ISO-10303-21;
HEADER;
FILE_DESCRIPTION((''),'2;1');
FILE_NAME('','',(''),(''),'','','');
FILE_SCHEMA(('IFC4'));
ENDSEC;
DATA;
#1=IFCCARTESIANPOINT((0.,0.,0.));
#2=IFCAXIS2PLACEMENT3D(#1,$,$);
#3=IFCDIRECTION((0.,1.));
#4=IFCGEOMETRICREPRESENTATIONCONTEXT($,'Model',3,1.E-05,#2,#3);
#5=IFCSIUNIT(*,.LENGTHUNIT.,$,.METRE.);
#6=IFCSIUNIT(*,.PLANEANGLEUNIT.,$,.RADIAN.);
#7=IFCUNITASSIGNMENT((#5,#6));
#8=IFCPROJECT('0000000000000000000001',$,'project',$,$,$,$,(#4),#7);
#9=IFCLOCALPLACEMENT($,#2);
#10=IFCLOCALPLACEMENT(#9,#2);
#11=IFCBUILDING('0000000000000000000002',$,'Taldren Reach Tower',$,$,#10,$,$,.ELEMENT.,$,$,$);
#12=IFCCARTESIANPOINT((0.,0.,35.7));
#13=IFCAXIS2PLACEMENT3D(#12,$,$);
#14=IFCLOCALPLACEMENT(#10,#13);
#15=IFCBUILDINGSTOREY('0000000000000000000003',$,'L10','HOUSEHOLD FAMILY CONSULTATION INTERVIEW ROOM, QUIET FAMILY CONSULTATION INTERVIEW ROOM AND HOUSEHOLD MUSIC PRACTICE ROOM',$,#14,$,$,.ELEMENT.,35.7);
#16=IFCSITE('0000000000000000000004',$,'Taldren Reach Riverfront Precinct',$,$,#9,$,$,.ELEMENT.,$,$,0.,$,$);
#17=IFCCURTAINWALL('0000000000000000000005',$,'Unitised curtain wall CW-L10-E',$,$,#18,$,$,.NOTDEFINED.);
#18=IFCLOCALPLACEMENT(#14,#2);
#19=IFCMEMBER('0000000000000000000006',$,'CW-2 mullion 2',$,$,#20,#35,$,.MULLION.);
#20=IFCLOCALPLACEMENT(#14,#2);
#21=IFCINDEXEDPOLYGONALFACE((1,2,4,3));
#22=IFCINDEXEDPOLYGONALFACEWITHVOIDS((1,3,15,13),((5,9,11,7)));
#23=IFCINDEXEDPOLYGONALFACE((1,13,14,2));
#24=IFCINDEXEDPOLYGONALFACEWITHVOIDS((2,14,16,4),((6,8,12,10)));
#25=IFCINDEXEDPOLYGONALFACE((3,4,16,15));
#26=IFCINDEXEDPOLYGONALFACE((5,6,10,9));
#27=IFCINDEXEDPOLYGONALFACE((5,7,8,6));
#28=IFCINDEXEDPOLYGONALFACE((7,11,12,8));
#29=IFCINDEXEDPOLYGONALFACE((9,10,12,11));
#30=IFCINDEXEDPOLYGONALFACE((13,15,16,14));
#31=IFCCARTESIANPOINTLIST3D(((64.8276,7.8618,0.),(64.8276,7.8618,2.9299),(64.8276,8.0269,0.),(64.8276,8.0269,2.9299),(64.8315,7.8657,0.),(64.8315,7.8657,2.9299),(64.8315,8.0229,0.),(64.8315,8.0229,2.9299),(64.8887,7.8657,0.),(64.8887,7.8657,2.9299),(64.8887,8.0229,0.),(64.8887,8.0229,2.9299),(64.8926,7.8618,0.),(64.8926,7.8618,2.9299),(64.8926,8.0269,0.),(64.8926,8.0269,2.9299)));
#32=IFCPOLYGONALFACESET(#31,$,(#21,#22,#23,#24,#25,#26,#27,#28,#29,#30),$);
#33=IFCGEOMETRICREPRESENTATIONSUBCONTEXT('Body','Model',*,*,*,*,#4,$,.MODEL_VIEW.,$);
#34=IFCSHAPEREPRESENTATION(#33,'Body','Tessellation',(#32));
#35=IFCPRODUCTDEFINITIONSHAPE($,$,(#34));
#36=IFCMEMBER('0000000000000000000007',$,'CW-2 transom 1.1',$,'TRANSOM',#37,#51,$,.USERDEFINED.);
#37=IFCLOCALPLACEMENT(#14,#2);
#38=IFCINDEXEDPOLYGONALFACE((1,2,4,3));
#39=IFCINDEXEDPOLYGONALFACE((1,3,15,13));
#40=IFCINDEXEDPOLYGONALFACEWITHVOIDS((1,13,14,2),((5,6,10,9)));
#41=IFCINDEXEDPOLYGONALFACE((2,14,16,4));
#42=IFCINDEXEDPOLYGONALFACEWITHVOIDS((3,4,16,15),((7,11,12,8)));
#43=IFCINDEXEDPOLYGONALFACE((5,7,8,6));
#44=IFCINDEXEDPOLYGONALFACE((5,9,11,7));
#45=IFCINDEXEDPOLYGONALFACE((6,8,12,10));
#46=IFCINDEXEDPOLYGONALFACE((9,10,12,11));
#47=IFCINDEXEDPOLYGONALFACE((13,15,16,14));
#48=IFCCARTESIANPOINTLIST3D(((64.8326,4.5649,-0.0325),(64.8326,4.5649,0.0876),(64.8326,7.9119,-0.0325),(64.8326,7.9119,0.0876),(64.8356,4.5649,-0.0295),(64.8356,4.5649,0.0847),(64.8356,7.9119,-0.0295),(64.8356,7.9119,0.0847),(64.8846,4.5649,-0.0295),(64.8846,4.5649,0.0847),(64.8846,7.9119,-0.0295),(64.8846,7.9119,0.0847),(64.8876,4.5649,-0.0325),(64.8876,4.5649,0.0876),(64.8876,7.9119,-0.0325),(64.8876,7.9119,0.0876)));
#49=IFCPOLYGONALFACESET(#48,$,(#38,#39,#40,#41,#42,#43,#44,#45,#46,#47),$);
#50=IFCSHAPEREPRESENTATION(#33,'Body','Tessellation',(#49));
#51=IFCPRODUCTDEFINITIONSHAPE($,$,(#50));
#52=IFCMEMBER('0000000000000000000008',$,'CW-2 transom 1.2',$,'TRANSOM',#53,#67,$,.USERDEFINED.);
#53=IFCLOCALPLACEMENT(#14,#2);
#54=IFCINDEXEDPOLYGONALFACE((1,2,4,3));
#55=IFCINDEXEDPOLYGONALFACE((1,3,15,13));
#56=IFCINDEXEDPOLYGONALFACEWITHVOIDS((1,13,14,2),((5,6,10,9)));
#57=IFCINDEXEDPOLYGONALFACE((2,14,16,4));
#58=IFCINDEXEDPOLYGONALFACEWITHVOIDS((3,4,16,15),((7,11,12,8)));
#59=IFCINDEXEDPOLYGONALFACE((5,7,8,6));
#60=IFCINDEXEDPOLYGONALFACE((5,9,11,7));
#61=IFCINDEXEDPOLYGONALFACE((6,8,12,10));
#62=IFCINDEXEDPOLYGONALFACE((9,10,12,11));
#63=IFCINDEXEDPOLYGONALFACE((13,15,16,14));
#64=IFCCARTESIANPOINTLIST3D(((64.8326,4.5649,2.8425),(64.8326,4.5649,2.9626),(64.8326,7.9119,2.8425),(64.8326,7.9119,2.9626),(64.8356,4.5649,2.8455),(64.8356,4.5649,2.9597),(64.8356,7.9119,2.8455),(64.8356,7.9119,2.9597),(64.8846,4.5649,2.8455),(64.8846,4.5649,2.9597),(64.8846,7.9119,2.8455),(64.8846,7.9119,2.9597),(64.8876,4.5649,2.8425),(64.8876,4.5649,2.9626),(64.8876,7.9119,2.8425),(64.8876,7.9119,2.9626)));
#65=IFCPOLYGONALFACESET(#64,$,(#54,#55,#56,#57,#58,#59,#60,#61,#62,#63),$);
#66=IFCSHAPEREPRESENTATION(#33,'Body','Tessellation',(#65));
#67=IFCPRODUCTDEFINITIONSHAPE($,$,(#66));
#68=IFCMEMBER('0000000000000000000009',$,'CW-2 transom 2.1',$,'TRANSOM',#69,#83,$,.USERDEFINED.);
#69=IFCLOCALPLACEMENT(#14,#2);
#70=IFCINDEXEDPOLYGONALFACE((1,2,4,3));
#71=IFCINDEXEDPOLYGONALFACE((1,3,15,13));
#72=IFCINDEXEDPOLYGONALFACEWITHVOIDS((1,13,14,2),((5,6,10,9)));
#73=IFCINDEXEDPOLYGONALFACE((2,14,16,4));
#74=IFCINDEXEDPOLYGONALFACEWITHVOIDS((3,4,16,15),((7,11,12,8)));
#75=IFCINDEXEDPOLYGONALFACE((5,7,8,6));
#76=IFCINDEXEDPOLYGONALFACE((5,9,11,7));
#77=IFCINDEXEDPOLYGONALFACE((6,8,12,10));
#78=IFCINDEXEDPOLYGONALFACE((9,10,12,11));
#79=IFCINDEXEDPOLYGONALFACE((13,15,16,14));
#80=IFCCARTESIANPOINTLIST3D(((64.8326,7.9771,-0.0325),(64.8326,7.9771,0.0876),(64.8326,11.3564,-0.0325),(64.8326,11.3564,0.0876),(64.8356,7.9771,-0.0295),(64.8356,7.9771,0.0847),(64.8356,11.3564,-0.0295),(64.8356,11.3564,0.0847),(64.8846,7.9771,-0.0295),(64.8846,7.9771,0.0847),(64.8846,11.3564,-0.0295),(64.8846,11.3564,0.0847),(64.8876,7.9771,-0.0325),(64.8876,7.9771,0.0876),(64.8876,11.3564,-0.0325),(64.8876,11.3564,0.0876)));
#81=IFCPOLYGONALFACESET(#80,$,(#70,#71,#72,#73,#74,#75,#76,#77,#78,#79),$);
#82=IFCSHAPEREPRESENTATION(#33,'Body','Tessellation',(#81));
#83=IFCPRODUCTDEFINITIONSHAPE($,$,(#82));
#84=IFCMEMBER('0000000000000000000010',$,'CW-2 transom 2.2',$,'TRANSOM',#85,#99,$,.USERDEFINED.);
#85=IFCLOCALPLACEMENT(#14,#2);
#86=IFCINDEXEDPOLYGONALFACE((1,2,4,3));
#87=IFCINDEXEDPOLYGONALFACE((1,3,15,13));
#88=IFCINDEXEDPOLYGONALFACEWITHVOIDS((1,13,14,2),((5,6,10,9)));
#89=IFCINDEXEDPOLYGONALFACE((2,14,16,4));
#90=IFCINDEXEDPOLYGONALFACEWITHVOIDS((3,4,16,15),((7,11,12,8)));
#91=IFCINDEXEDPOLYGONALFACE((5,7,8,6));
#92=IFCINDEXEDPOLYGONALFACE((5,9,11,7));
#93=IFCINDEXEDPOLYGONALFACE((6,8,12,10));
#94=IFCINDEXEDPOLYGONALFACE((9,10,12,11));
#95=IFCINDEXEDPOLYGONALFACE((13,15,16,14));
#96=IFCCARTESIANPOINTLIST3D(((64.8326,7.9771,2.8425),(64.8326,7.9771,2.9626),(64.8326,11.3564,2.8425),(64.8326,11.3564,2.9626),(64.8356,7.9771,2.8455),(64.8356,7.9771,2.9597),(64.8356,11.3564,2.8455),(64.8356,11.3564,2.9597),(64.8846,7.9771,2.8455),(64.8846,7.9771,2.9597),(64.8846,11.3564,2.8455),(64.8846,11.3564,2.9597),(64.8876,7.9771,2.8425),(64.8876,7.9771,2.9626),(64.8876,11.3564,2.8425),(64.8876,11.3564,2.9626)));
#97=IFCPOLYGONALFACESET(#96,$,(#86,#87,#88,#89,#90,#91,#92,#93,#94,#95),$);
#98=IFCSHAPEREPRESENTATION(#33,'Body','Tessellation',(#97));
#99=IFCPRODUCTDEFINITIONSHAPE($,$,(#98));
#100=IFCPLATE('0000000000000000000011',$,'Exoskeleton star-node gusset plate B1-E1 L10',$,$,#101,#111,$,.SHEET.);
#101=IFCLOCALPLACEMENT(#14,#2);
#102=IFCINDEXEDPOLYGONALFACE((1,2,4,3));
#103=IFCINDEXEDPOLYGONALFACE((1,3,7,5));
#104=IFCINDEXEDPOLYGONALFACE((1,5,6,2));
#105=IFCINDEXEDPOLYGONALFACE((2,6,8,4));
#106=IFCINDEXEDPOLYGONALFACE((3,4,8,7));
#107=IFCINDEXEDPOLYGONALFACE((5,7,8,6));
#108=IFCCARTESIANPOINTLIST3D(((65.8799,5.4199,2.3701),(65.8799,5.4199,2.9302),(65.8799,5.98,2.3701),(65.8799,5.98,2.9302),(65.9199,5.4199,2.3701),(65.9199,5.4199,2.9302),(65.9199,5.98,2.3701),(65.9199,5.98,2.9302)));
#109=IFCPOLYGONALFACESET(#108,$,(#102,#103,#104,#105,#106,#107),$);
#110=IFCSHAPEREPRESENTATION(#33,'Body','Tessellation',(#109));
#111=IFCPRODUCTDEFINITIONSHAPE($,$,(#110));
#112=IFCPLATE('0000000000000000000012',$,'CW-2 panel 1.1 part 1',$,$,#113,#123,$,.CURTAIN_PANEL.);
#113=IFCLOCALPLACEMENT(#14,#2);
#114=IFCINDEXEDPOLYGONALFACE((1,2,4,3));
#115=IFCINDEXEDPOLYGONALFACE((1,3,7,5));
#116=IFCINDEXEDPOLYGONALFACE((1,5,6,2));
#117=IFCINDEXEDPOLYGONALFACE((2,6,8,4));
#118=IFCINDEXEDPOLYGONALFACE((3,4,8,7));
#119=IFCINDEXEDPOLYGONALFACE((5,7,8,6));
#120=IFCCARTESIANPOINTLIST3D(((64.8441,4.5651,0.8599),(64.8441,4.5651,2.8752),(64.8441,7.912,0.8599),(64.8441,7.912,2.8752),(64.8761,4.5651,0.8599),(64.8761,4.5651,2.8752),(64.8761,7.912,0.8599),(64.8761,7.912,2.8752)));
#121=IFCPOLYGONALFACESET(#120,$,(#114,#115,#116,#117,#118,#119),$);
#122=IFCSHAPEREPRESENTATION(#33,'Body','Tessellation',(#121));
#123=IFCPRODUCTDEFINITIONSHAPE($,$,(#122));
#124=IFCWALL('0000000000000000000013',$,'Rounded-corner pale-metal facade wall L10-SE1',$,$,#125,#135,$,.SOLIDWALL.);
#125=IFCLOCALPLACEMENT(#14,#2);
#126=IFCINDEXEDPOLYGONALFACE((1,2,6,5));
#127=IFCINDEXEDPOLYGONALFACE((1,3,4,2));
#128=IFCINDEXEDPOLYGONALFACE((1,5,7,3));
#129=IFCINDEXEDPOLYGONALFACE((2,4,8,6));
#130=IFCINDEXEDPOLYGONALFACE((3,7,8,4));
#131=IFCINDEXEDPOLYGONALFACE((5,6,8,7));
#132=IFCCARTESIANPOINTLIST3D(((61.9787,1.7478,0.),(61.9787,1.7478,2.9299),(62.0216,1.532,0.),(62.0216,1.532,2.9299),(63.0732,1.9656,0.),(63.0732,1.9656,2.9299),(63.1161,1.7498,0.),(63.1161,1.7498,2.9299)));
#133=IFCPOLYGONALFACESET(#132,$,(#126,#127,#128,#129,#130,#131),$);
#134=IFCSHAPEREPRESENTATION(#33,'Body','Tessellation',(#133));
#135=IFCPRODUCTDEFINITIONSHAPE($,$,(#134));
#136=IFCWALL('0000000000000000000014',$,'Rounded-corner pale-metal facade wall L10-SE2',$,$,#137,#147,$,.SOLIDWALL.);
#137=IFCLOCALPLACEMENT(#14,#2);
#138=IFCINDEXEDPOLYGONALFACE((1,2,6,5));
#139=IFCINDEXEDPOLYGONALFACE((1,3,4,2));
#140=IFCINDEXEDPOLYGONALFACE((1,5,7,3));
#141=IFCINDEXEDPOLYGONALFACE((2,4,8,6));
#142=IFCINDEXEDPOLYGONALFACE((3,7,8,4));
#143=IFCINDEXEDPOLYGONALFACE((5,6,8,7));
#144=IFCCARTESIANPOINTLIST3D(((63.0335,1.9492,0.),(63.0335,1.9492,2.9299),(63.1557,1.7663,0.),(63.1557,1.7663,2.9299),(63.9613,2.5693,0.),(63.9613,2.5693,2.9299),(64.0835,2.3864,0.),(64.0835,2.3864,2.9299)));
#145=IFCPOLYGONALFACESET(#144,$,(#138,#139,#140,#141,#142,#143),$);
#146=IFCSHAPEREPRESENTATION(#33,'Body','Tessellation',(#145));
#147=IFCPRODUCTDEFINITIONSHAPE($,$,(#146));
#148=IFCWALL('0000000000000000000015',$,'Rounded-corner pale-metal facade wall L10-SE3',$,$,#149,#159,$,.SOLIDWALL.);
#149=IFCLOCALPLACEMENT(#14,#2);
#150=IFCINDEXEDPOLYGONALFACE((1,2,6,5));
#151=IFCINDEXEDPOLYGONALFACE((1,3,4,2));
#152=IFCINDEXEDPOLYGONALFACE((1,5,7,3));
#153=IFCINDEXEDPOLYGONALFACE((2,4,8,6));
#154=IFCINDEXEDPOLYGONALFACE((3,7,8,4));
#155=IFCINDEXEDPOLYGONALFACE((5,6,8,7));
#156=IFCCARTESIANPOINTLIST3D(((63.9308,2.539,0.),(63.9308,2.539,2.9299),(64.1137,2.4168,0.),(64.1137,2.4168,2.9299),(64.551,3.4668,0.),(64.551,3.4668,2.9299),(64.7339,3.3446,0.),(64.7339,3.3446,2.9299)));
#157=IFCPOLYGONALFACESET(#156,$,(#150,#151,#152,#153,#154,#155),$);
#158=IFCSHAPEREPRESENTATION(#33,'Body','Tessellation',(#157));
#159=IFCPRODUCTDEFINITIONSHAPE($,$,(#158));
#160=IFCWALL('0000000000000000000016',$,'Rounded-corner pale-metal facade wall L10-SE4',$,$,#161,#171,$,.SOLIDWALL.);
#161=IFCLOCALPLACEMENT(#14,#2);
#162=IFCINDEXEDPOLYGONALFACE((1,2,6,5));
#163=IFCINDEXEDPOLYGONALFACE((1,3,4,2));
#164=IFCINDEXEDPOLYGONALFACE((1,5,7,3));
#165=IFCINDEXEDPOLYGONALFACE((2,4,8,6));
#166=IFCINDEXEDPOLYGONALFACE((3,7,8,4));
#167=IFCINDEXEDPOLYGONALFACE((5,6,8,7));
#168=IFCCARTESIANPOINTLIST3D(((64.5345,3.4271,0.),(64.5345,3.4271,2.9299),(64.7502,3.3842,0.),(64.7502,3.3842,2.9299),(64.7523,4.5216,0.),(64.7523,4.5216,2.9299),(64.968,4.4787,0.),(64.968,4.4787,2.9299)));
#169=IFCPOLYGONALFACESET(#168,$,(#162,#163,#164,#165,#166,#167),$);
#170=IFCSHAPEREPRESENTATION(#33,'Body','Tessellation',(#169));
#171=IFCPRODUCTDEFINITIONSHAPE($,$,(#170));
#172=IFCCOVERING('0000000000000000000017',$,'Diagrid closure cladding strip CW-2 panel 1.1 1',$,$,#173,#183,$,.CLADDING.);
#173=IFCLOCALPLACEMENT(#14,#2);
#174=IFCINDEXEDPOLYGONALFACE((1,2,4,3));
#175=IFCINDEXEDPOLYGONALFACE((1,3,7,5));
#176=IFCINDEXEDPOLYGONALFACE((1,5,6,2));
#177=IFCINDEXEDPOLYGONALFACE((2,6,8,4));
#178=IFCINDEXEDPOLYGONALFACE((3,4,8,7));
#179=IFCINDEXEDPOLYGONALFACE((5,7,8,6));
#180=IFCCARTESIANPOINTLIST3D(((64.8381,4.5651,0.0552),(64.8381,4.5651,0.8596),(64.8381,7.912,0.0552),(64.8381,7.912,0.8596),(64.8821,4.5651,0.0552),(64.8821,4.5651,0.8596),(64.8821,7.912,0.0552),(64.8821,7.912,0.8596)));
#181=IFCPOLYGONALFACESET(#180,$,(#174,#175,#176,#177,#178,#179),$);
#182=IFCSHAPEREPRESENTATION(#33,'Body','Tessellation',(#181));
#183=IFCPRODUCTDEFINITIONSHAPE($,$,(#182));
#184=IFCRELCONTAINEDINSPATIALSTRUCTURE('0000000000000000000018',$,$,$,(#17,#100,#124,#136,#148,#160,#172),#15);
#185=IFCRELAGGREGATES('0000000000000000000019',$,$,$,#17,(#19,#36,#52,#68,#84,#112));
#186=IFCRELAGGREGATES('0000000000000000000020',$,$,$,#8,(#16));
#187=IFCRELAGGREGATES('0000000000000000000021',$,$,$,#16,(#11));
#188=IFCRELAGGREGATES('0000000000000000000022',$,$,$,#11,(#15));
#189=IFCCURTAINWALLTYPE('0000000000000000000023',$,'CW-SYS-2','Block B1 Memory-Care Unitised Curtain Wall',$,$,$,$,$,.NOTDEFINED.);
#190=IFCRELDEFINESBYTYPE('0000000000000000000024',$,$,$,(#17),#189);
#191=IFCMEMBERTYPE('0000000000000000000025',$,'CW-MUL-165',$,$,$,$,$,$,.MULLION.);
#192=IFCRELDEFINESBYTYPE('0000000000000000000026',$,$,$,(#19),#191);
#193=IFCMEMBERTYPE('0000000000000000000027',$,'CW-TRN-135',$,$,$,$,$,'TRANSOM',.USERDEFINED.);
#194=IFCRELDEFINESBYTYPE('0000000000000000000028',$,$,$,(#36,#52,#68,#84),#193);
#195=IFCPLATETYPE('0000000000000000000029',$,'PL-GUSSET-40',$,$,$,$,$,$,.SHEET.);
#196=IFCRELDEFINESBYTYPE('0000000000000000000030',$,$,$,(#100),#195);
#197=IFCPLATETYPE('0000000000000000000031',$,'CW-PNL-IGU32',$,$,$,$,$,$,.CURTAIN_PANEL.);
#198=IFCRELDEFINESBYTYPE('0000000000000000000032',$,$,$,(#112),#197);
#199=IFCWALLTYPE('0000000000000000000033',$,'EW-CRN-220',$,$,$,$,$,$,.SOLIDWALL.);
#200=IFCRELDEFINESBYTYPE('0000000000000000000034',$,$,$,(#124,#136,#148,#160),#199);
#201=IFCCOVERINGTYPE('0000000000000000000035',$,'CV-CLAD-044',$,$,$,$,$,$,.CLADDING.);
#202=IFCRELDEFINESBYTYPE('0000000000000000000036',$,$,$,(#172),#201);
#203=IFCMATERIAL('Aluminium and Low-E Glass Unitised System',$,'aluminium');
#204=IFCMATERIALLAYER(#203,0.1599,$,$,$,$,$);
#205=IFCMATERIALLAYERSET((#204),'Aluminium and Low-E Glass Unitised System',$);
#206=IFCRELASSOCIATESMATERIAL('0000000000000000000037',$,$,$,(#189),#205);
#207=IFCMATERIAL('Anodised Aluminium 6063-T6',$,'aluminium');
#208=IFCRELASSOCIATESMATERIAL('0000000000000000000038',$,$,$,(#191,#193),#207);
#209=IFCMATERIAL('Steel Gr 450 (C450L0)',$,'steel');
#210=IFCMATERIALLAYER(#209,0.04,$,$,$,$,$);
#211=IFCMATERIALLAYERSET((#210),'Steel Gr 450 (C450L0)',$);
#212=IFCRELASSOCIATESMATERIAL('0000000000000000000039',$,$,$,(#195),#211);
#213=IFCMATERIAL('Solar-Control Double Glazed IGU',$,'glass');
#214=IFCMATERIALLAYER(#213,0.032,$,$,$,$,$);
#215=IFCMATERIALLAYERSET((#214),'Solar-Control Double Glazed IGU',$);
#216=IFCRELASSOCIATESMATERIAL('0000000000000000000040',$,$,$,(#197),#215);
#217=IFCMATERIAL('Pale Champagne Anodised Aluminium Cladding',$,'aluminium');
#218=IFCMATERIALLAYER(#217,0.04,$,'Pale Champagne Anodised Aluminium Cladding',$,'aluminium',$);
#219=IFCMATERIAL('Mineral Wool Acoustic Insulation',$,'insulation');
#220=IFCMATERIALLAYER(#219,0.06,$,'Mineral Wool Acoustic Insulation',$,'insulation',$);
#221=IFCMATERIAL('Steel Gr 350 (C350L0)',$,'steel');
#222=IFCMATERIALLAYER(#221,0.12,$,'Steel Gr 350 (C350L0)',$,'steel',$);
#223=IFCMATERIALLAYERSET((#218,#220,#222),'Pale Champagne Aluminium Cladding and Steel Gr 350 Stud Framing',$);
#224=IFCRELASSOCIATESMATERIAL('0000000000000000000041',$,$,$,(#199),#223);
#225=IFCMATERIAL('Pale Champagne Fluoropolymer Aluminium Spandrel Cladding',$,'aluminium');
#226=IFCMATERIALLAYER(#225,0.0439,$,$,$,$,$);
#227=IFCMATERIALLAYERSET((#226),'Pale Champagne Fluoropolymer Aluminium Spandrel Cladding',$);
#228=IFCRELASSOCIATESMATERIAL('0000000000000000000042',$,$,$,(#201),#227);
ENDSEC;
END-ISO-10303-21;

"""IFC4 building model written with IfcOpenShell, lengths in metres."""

from ifc_helpers import new_model, si_unit, direction, frame, frame_2d, origin, origin_2d, place, context, subcontext, project, spatial, rectangle, hollow_rectangle, extrude, source, transform, mapped, material, layer, layer_set, material_profile, profile_set, type_object, element, aggregate, save


model = new_model("IFC4")

# Units and contexts
model_context = context("Model", 3, precision=1e-05, world=origin(), true_north=direction((0.0, 1.0)))
body_context = subcontext(model_context, "Body", "Model", "MODEL_VIEW")
ifc_project = project(units=[si_unit("LENGTHUNIT", "METRE"), si_unit("PLANEANGLEUNIT", "RADIAN")], contexts=[model_context])

# Site, building, storey
site_placement = place(None, origin())
site = spatial("IfcSite", under=ifc_project, at=site_placement, Name="Taldren Reach Riverfront Precinct", CompositionType="ELEMENT", RefElevation=0.0)
building_placement = place(site_placement, origin())
building = spatial("IfcBuilding", under=site, at=building_placement, Name="Taldren Reach Tower", CompositionType="ELEMENT")
storey_placement = place(building_placement, frame((0.0, 0.0, 35.7)))
storey = spatial("IfcBuildingStorey", under=building, at=storey_placement, Name="L10", Description="HOUSEHOLD FAMILY CONSULTATION INTERVIEW ROOM, QUIET FAMILY CONSULTATION INTERVIEW ROOM AND HOUSEHOLD MUSIC PRACTICE ROOM", CompositionType="ELEMENT", Elevation=35.7)

# Shared definitions
ifc_material_1 = material(Name="Steel Gr 450 (C450L0)", Category="steel")
ifc_material_2 = material(Name="Steel Gr 350 (C350L0)", Category="steel")

# Shared definitions
ifc_material_3 = material(Name="Aluminium and Low-E Glass Unitised System", Category="aluminium")
ifc_layer_1 = layer(ifc_material_3, 0.1599)
ifc_layer_set_1 = layer_set([ifc_layer_1], Name="Aluminium and Low-E Glass Unitised System")
curtain_wall_type = type_object("IfcCurtainWallType", Name="CW-SYS-2", Description="Block B1 Memory-Care Unitised Curtain Wall", PredefinedType="NOTDEFINED", material=ifc_layer_set_1)
ifc_material_4 = material(Name="Anodised Aluminium 6063-T6", Category="aluminium")
ifc_material_profile_1 = material_profile(ifc_material_4, hollow_rectangle(XDim=0.0649, YDim=0.165, WallThickness=0.0039, at=origin_2d()), Name="ALU-165x65x4RHS")
ifc_profile_set_1 = profile_set([ifc_material_profile_1], Name="Anodised Aluminium 6063-T6")
member_type_1 = type_object("IfcMemberType", Name="CW-MUL-165", PredefinedType="MULLION", material=ifc_profile_set_1)
shared_shape_1 = source(origin(), body_context, "Body", "SweptSolid", [
    extrude(hollow_rectangle(XDim=0.0649, YDim=0.165, WallThickness=0.0039, at=origin_2d()), origin(), (0.0, 0.0, 1.0), 2.9299),
])

# Curtain wall, members
curtain_wall_1_placement = place(storey_placement, origin())
curtain_wall_1 = element("IfcCurtainWall", 1, at=curtain_wall_1_placement, inside=storey, type_object=curtain_wall_type, Name="Unitised curtain wall CW-L10-E", PredefinedType="NOTDEFINED")
member_1_placement = place(storey_placement, frame((64.8601, 7.9443, 0.0), z_axis=(0.0, 0.0, 1.0), x_axis=(-1.0, 0.0, 0.0)))
member_1 = element("IfcMember", 2, at=member_1_placement, type_object=member_type_1, Name="CW-2 mullion 2", PredefinedType="MULLION", context=body_context, shape_type="MappedRepresentation", body=[
    mapped(shared_shape_1, transform((0.0, 0.0, 0.0), scale=1.0)),
])
ifc_material_profile_2 = material_profile(ifc_material_4, hollow_rectangle(XDim=0.0549, YDim=0.1201, WallThickness=0.0029, at=origin_2d()), Name="ALU-120x55x3RHS")
ifc_profile_set_2 = profile_set([ifc_material_profile_2], Name="Anodised Aluminium 6063-T6")
member_type_2 = type_object("IfcMemberType", Name="CW-TRN-135", ElementType="TRANSOM", PredefinedType="USERDEFINED", material=ifc_profile_set_2)
shared_shape_2 = source(origin(), body_context, "Body", "SweptSolid", [
    extrude(hollow_rectangle(XDim=0.0549, YDim=0.1201, WallThickness=0.0029, at=origin_2d()), origin(), (0.0, 0.0, 1.0), 3.3469),
])
member_2_placement = place(storey_placement, frame((64.8601, 4.5649, 0.0276), z_axis=(0.0, 1.0, 0.0), x_axis=(-1.0, 0.0, 0.0)))
member_2 = element("IfcMember", 3, at=member_2_placement, type_object=member_type_2, Name="CW-2 transom 1.1", ObjectType="TRANSOM", PredefinedType="USERDEFINED", context=body_context, shape_type="MappedRepresentation", body=[
    mapped(shared_shape_2, transform((0.0, 0.0, 0.0), scale=1.0)),
])
member_3_placement = place(storey_placement, frame((64.8601, 4.5649, 2.9026), z_axis=(0.0, 1.0, 0.0), x_axis=(-1.0, 0.0, 0.0)))
member_3 = element("IfcMember", 4, at=member_3_placement, type_object=member_type_2, Name="CW-2 transom 1.2", ObjectType="TRANSOM", PredefinedType="USERDEFINED", context=body_context, shape_type="MappedRepresentation", body=[
    mapped(shared_shape_2, transform((0.0, 0.0, 0.0), scale=1.0)),
])
shared_shape_3 = source(origin(), body_context, "Body", "SweptSolid", [
    extrude(hollow_rectangle(XDim=0.0549, YDim=0.1201, WallThickness=0.0029, at=origin_2d()), origin(), (0.0, 0.0, 1.0), 3.3794),
])
member_4_placement = place(storey_placement, frame((64.8601, 7.9771, 0.0276), z_axis=(0.0, 1.0, 0.0), x_axis=(-1.0, 0.0, 0.0)))
member_4 = element("IfcMember", 5, at=member_4_placement, type_object=member_type_2, Name="CW-2 transom 2.1", ObjectType="TRANSOM", PredefinedType="USERDEFINED", context=body_context, shape_type="MappedRepresentation", body=[
    mapped(shared_shape_3, transform((0.0, 0.0, 0.0), scale=1.0)),
])
member_5_placement = place(storey_placement, frame((64.8601, 7.9771, 2.9026), z_axis=(0.0, 1.0, 0.0), x_axis=(-1.0, 0.0, 0.0)))
member_5 = element("IfcMember", 6, at=member_5_placement, type_object=member_type_2, Name="CW-2 transom 2.2", ObjectType="TRANSOM", PredefinedType="USERDEFINED", context=body_context, shape_type="MappedRepresentation", body=[
    mapped(shared_shape_3, transform((0.0, 0.0, 0.0), scale=1.0)),
])

# Plates
ifc_layer_2 = layer(ifc_material_1, 0.04)
ifc_layer_set_2 = layer_set([ifc_layer_2], Name="Steel Gr 450 (C450L0)")
plate_type_1 = type_object("IfcPlateType", Name="PL-GUSSET-40", PredefinedType="SHEET", material=ifc_layer_set_2)
shared_shape_4 = source(origin(), body_context, "Body", "SweptSolid", [
    extrude(rectangle(XDim=0.5601, YDim=0.04, at=origin_2d()), origin(), (0.0, 0.0, 1.0), 0.5601),
])
plate_1_placement = place(storey_placement, frame((65.8999, 5.7, 2.3701), z_axis=(0.0, 0.0, 1.0), x_axis=(0.0, 1.0, 0.0)))
element("IfcPlate", 7, at=plate_1_placement, inside=storey, type_object=plate_type_1, Name="Exoskeleton star-node gusset plate B1-E1 L10", PredefinedType="SHEET", context=body_context, shape_type="MappedRepresentation", body=[
    mapped(shared_shape_4, transform((0.0, 0.0, 0.0), scale=1.0)),
])
ifc_material_5 = material(Name="Solar-Control Double Glazed IGU", Category="glass")
ifc_layer_3 = layer(ifc_material_5, 0.032)
ifc_layer_set_3 = layer_set([ifc_layer_3], Name="Solar-Control Double Glazed IGU")
plate_type_2 = type_object("IfcPlateType", Name="CW-PNL-IGU32", PredefinedType="CURTAIN_PANEL", material=ifc_layer_set_3)
shared_shape_5 = source(origin(), body_context, "Body", "SweptSolid", [
    extrude(rectangle(XDim=3.3469, YDim=0.032, at=origin_2d()), origin(), (0.0, 0.0, 1.0), 2.0154),
])
plate_2_placement = place(storey_placement, frame((64.8601, 6.2385, 0.8599), z_axis=(0.0, 0.0, 1.0), x_axis=(0.0, 1.0, 0.0)))
plate_2 = element("IfcPlate", 8, at=plate_2_placement, type_object=plate_type_2, Name="CW-2 panel 1.1 part 1", PredefinedType="CURTAIN_PANEL", context=body_context, shape_type="MappedRepresentation", body=[
    mapped(shared_shape_5, transform((0.0, 0.0, 0.0), scale=1.0)),
])
aggregate(curtain_wall_1, [member_1, member_2, member_3, member_4, member_5, plate_2])

# Walls
ifc_material_6 = material(Name="Pale Champagne Anodised Aluminium Cladding", Category="aluminium")
ifc_layer_4 = layer(ifc_material_6, 0.04, Name="Pale Champagne Anodised Aluminium Cladding", Category="aluminium")
ifc_material_7 = material(Name="Mineral Wool Acoustic Insulation", Category="insulation")
ifc_layer_5 = layer(ifc_material_7, 0.06, Name="Mineral Wool Acoustic Insulation", Category="insulation")
ifc_layer_6 = layer(ifc_material_2, 0.12, Name="Steel Gr 350 (C350L0)", Category="steel")
ifc_layer_set_4 = layer_set([ifc_layer_4, ifc_layer_5, ifc_layer_6], Name="Pale Champagne Aluminium Cladding and Steel Gr 350 Stud Framing")
wall_type = type_object("IfcWallType", Name="EW-CRN-220", PredefinedType="SOLIDWALL", material=ifc_layer_set_4)
shared_shape_6 = source(origin(), body_context, "Body", "SweptSolid", [
    extrude(rectangle(XDim=1.116, YDim=0.22, at=frame_2d((0.5581, 0.0))), origin(), (0.0, 0.0, 1.0), 2.9299),
])
for number, where, z_axis, x_axis, name in (
    (9, (62.0, 1.6399, 0.0), (0.0, 0.0, 1.0), (0.980774, 0.195148, 0.0), "Rounded-corner pale-metal facade wall L10-SE1"),
    (10, (63.0945, 1.8577, 0.0), (0.0, 0.0, 1.0), (0.831377, 0.55571, 0.0), "Rounded-corner pale-metal facade wall L10-SE2"),
    (11, (64.0222, 2.4778, 0.0), (0.0, 0.0, 1.0), (0.55571, 0.831377, 0.0), "Rounded-corner pale-metal facade wall L10-SE3"),
    (12, (64.6423, 3.4055, 0.0), (0.0, 0.0, 1.0), (0.195148, 0.980774, 0.0), "Rounded-corner pale-metal facade wall L10-SE4"),
):
    element("IfcWall", number, at=place(storey_placement, frame(where, z_axis=z_axis, x_axis=x_axis)), inside=storey, type_object=wall_type, Name=name, PredefinedType="SOLIDWALL", context=body_context, shape_type="MappedRepresentation", body=[
        mapped(shared_shape_6, transform((0.0, 0.0, 0.0), scale=1.0)),
    ])

# Covering
ifc_material_8 = material(Name="Pale Champagne Fluoropolymer Aluminium Spandrel Cladding", Category="aluminium")
ifc_layer_7 = layer(ifc_material_8, 0.0439)
ifc_layer_set_5 = layer_set([ifc_layer_7], Name="Pale Champagne Fluoropolymer Aluminium Spandrel Cladding")
covering_type = type_object("IfcCoveringType", Name="CV-CLAD-044", PredefinedType="CLADDING", material=ifc_layer_set_5)
shared_shape_7 = source(origin(), body_context, "Body", "SweptSolid", [
    extrude(rectangle(XDim=3.3469, YDim=0.0439, at=origin_2d()), origin(), (0.0, 0.0, 1.0), 0.8044),
])
covering_placement = place(storey_placement, frame((64.8601, 6.2385, 0.0552), z_axis=(0.0, 0.0, 1.0), x_axis=(0.0, 1.0, 0.0)))
element("IfcCovering", 13, at=covering_placement, inside=storey, type_object=covering_type, Name="Diagrid closure cladding strip CW-2 panel 1.1 1", PredefinedType="CLADDING", context=body_context, shape_type="MappedRepresentation", body=[
    mapped(shared_shape_7, transform((0.0, 0.0, 0.0), scale=1.0)),
])

save(model, "model.ifc")
